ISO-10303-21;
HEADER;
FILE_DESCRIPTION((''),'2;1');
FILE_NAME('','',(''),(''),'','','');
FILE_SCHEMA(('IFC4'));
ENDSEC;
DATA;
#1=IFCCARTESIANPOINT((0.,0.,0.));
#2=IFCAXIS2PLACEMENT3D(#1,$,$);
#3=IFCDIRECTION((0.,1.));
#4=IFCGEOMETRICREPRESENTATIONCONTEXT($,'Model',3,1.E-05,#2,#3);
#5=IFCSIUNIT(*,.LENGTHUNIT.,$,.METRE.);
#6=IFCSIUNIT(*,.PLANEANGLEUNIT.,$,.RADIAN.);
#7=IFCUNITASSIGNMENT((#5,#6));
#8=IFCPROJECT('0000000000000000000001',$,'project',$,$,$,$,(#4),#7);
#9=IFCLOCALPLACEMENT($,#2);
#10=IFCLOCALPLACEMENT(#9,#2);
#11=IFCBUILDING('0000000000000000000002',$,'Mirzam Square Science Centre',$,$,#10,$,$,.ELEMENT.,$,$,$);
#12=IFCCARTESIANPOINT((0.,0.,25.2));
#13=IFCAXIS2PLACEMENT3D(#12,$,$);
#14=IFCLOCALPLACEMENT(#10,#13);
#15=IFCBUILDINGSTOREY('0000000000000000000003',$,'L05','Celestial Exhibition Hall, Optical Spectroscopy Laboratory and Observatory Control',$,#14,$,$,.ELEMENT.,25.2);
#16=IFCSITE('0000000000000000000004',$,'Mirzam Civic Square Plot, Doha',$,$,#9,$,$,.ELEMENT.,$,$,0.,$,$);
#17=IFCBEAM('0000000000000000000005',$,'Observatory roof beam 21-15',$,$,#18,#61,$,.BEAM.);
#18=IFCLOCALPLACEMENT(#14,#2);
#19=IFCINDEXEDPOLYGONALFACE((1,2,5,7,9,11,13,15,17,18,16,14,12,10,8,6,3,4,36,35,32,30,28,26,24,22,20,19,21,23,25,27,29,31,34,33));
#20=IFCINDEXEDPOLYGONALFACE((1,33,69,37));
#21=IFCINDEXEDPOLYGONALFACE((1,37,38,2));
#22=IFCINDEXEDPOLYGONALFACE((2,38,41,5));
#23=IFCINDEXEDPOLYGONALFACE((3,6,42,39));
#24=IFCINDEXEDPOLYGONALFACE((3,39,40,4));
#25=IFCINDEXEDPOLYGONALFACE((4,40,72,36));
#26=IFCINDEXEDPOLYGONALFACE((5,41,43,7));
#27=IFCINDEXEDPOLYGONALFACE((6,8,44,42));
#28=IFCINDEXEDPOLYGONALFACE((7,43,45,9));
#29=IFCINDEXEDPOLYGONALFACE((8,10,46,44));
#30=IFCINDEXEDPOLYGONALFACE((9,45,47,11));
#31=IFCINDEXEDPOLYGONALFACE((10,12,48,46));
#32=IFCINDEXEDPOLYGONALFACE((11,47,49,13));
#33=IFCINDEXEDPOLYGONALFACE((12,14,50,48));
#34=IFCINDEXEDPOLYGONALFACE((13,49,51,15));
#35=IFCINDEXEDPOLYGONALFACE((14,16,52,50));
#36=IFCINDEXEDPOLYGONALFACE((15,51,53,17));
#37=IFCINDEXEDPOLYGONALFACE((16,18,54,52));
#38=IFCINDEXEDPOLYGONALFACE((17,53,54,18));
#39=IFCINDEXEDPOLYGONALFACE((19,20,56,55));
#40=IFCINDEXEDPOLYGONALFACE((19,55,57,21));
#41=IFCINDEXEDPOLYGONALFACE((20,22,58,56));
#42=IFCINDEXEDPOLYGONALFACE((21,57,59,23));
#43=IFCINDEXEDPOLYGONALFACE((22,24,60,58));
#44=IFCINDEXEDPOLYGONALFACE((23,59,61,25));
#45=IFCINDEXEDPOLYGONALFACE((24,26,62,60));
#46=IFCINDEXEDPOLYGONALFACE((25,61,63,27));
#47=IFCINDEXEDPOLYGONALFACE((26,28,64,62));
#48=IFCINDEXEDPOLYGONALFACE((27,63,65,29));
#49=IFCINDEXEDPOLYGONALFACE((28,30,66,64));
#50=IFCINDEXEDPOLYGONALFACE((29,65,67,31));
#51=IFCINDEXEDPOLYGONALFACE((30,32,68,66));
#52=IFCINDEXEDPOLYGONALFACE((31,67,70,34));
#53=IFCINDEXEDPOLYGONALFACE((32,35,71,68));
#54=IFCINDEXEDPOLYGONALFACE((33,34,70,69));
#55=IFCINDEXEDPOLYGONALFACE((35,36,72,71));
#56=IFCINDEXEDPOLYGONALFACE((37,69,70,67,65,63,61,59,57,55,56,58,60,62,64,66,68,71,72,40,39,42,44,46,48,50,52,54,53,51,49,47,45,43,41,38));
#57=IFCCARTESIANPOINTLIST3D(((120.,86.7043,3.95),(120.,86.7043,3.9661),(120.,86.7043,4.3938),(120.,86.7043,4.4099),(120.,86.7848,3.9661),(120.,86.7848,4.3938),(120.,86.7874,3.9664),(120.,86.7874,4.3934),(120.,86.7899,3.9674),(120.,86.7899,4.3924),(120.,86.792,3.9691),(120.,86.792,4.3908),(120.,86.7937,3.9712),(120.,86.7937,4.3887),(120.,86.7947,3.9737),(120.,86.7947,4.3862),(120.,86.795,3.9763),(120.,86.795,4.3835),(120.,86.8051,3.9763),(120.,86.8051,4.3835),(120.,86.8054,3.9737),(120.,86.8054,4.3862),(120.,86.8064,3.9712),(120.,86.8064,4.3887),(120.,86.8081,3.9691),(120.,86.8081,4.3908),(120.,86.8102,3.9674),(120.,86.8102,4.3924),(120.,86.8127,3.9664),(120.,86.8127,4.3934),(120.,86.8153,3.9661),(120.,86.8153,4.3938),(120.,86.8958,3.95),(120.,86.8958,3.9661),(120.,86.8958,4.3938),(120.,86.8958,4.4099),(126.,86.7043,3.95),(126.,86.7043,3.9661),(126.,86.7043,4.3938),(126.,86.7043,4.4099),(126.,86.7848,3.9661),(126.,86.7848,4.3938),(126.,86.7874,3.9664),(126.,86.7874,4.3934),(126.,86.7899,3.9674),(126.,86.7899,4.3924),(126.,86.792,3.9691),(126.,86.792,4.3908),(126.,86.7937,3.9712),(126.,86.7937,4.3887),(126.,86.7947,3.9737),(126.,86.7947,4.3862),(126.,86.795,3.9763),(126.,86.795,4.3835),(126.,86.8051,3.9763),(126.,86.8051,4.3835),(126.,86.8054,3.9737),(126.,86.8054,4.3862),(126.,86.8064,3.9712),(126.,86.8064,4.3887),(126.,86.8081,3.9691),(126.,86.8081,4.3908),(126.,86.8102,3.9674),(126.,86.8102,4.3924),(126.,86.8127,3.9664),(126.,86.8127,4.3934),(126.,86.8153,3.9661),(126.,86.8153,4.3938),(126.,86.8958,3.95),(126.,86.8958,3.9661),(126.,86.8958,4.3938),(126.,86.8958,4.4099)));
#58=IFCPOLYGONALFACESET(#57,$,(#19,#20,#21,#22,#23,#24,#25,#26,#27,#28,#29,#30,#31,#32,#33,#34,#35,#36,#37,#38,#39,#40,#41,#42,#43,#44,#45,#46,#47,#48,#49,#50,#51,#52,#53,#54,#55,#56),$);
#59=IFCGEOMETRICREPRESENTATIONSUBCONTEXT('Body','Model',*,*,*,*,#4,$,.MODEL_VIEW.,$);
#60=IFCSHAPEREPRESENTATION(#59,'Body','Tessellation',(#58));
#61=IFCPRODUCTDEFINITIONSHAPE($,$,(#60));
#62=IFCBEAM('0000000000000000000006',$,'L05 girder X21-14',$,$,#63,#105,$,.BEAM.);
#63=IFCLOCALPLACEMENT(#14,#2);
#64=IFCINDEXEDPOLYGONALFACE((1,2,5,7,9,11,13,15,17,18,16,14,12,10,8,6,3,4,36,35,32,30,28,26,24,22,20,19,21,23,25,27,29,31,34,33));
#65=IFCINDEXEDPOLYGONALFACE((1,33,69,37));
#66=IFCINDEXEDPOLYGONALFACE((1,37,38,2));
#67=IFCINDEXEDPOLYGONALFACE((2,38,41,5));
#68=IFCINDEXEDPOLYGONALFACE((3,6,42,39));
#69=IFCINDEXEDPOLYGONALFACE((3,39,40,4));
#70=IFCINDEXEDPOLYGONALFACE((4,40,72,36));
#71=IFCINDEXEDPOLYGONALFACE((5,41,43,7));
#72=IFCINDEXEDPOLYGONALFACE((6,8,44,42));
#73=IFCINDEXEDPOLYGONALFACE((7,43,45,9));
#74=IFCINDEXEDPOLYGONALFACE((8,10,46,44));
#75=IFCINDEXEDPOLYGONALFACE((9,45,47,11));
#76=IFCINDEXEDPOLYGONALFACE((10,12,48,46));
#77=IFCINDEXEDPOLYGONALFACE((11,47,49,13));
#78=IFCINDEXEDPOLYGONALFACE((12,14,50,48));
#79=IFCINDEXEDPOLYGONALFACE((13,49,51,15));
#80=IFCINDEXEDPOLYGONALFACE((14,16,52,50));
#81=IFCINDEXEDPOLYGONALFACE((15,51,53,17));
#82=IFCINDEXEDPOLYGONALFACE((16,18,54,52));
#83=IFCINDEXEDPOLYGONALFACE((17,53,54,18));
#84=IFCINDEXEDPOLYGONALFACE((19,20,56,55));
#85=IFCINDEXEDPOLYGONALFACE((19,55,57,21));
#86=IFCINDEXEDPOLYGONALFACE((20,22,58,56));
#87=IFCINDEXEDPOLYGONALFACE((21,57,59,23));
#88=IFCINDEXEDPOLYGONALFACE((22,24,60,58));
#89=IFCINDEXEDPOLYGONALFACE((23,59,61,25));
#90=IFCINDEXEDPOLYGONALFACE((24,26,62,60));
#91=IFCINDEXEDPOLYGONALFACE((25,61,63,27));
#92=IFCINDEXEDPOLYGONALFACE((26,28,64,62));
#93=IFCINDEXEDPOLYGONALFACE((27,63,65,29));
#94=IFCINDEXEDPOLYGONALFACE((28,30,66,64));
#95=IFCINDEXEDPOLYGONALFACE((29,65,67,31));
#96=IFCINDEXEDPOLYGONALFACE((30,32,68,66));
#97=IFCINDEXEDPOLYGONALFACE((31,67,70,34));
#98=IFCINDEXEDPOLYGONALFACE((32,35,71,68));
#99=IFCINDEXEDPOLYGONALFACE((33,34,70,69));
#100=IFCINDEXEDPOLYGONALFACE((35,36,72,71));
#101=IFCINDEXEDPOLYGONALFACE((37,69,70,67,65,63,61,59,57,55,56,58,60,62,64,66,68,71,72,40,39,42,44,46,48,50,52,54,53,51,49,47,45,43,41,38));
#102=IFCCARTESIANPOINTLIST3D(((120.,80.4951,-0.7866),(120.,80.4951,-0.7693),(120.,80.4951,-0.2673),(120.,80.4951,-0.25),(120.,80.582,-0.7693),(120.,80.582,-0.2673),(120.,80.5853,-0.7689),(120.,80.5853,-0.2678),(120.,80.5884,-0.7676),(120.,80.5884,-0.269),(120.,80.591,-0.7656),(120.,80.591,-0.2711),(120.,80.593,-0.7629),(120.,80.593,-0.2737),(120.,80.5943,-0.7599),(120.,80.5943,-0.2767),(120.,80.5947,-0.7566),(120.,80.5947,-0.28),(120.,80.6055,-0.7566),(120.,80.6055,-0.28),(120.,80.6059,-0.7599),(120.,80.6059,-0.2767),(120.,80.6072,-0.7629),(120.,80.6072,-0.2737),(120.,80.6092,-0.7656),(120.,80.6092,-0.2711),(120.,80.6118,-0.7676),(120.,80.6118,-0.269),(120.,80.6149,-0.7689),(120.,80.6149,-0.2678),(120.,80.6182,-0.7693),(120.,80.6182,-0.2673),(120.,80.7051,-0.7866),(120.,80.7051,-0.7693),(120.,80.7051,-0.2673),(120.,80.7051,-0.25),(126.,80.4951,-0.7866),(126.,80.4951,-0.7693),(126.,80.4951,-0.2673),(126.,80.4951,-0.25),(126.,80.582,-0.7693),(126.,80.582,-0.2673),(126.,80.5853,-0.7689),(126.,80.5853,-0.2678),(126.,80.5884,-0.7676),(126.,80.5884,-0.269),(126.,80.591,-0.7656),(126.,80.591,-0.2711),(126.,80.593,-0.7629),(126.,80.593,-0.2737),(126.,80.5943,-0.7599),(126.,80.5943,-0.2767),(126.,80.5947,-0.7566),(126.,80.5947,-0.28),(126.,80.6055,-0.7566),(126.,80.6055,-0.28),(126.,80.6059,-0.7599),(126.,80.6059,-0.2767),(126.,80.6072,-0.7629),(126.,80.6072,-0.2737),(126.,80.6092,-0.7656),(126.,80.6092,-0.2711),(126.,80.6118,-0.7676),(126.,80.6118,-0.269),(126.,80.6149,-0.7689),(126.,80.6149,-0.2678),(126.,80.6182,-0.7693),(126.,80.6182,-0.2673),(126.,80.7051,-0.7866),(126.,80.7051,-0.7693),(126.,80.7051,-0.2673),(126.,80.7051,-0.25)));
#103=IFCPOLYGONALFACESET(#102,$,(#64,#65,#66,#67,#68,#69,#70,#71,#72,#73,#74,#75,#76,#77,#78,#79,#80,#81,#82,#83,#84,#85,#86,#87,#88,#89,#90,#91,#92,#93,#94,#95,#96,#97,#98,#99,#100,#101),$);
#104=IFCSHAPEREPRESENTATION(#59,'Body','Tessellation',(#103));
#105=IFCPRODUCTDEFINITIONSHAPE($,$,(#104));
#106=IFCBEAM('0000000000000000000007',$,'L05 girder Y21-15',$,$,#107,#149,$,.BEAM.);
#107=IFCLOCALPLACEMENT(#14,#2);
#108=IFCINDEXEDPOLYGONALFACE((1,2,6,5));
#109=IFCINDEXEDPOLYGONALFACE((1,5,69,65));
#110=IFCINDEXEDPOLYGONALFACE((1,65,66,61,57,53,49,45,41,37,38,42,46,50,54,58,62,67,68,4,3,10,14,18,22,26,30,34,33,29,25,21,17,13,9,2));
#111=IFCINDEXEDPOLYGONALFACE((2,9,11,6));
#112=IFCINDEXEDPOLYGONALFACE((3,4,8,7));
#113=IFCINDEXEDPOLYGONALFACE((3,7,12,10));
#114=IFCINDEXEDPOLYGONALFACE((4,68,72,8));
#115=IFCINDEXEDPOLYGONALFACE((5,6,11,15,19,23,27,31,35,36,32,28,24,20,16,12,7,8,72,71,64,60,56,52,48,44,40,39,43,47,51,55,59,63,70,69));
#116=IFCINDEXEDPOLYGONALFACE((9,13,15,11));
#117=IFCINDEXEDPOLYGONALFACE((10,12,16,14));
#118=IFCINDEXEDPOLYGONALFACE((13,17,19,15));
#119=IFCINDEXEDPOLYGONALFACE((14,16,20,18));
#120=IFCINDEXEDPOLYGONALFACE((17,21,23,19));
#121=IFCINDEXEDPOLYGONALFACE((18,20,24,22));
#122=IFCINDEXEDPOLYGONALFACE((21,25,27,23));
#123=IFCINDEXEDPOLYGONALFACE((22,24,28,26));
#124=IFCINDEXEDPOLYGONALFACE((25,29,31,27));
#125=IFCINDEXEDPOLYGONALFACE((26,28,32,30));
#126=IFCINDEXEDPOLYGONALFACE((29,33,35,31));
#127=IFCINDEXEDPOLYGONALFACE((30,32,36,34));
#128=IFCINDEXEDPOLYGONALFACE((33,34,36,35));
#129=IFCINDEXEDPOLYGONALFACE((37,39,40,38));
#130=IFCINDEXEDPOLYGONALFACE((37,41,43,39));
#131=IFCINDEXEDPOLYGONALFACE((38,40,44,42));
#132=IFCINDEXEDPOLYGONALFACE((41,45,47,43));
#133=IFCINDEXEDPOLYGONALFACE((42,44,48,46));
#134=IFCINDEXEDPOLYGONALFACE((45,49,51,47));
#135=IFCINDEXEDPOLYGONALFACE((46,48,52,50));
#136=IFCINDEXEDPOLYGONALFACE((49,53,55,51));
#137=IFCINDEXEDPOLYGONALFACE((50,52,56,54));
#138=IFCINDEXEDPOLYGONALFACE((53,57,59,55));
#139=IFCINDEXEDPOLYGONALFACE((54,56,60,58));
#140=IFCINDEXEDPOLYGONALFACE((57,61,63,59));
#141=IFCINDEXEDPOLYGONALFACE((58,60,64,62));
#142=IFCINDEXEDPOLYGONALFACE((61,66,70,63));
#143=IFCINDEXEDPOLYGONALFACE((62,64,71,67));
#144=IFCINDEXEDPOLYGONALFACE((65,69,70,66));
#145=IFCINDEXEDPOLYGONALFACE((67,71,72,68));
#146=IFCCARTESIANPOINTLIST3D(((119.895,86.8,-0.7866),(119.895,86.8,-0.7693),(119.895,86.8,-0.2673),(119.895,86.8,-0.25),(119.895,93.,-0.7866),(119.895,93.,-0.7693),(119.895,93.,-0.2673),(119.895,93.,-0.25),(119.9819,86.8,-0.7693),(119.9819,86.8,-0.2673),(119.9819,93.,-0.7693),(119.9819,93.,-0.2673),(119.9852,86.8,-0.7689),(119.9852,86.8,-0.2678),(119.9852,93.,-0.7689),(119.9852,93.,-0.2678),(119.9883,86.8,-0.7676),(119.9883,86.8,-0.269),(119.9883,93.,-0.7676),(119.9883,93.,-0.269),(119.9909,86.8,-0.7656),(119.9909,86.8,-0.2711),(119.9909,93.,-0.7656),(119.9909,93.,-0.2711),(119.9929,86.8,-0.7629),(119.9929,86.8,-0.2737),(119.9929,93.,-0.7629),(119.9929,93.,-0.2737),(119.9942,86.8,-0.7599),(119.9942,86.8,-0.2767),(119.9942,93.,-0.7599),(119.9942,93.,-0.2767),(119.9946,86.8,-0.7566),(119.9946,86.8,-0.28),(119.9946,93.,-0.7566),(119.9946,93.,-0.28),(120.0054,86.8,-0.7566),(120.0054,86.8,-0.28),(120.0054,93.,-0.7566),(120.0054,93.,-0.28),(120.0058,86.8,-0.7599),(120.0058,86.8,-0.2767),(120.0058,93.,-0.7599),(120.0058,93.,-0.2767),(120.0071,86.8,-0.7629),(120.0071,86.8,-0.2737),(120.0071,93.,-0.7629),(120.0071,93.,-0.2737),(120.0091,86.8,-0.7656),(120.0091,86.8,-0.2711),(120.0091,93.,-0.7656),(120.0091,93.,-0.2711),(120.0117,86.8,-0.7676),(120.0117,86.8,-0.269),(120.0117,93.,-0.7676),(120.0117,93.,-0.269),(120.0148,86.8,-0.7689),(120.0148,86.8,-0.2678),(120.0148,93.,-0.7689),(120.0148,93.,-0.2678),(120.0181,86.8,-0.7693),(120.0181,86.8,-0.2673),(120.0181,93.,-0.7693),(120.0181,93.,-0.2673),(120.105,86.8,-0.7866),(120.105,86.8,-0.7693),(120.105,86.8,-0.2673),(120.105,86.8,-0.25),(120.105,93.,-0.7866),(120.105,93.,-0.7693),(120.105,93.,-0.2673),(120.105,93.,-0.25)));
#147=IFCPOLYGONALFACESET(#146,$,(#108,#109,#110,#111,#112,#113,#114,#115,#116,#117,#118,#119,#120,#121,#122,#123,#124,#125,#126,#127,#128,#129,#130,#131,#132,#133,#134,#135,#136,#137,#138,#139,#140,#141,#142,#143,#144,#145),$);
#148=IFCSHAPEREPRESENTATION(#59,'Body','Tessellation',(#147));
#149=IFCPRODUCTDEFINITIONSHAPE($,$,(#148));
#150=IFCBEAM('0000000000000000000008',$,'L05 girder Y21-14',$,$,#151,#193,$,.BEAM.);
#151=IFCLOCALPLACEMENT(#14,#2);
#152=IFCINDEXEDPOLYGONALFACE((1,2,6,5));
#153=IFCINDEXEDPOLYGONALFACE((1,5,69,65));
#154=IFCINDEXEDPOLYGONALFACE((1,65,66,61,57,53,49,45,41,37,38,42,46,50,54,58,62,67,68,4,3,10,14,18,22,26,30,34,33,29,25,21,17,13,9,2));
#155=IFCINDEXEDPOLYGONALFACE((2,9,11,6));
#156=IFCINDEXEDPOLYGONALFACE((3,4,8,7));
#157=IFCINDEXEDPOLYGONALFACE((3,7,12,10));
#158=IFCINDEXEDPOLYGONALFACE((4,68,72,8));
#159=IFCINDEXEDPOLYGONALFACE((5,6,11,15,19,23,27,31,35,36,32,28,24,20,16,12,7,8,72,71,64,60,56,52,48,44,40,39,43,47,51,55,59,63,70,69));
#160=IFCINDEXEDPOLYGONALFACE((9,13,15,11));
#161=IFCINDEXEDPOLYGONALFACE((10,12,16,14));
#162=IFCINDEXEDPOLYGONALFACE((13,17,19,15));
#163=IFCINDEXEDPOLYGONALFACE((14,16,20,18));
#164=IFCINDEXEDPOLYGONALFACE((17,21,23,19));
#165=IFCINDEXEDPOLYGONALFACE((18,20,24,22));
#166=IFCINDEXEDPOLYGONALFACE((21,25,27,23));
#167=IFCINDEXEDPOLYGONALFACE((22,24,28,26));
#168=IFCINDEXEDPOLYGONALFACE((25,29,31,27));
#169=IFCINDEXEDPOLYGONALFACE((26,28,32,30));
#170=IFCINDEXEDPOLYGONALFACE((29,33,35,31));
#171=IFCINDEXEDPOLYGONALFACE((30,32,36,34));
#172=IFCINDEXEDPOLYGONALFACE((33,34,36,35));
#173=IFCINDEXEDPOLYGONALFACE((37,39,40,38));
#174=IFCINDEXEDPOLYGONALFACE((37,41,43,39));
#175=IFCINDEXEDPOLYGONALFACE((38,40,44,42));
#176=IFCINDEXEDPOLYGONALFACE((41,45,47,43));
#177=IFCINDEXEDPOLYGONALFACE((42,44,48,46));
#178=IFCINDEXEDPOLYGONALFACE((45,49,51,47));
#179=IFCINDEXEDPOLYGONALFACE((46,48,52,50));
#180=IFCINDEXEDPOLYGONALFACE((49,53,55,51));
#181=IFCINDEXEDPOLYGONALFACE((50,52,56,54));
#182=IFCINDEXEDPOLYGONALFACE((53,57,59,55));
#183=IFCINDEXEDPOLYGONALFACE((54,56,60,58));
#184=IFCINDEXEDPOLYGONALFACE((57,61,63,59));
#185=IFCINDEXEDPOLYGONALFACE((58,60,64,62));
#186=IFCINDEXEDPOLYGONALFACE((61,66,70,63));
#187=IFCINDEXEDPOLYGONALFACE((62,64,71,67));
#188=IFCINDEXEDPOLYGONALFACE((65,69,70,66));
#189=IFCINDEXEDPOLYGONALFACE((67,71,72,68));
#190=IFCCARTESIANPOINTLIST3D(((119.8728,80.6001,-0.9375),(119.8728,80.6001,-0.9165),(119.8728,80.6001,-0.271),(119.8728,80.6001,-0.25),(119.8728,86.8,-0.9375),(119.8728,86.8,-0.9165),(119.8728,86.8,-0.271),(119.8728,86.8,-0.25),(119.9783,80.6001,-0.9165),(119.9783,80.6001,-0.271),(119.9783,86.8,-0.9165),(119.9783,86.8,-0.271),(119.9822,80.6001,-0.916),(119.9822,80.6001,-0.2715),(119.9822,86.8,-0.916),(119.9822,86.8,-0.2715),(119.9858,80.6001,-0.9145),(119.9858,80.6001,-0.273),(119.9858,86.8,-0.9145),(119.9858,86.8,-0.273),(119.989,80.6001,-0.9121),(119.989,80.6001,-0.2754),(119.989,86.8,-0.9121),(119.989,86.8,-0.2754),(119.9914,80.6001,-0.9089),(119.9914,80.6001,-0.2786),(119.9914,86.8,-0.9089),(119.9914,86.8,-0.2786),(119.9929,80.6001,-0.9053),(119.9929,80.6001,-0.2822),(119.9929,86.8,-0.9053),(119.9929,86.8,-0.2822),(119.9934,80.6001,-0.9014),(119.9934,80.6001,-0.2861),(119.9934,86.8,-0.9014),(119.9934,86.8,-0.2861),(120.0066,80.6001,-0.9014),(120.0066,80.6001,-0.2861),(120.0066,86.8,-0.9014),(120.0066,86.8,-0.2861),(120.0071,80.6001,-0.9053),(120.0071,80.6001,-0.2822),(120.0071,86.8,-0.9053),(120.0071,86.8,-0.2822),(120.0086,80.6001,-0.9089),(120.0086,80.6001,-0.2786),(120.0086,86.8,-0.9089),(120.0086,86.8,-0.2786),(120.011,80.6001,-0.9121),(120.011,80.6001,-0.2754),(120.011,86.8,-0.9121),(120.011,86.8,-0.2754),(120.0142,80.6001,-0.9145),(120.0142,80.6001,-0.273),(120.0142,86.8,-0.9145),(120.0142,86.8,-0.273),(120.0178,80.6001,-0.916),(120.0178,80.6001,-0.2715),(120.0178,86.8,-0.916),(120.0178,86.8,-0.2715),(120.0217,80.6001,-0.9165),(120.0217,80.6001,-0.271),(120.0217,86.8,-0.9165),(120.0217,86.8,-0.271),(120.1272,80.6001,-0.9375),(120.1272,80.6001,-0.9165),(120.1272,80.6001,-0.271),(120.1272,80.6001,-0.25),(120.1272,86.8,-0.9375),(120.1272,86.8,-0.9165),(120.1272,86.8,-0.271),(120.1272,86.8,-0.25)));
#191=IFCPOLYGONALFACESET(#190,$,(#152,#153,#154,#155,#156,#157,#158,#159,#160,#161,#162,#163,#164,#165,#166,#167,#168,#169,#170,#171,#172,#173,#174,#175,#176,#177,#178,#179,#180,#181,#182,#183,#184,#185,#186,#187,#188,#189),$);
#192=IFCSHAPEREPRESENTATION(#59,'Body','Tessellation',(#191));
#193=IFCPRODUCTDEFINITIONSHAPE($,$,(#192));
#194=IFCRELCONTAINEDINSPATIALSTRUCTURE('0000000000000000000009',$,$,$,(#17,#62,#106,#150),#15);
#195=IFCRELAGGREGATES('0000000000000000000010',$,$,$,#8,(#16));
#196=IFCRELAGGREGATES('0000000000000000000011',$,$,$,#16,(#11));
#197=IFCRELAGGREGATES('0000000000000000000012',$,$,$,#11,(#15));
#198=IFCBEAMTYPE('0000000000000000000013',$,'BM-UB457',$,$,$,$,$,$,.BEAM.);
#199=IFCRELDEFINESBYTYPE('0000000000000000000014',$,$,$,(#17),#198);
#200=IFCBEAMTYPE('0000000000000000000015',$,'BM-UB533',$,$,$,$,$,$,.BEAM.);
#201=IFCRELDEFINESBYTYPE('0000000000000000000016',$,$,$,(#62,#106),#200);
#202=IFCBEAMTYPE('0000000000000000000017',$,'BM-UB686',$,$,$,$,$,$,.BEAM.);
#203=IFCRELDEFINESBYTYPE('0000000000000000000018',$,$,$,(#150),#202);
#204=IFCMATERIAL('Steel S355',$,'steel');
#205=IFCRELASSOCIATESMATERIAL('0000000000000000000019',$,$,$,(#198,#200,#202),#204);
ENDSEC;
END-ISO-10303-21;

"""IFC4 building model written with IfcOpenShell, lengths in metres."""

from ifc_helpers import new_model, si_unit, direction, frame, origin, origin_2d, place, context, subcontext, project, spatial, i_section, extrude, material, material_profile, profile_set, type_object, element, save


model = new_model("IFC4")

# Units and contexts
model_context = context("Model", 3, precision=1e-05, world=origin(), true_north=direction((0.0, 1.0)))
body_context = subcontext(model_context, "Body", "Model", "MODEL_VIEW")
ifc_project = project(units=[si_unit("LENGTHUNIT", "METRE"), si_unit("PLANEANGLEUNIT", "RADIAN")], contexts=[model_context])

# Site, building, storey
site_placement = place(None, origin())
site = spatial("IfcSite", under=ifc_project, at=site_placement, Name="Mirzam Civic Square Plot, Doha", CompositionType="ELEMENT", RefElevation=0.0)
building_placement = place(site_placement, origin())
building = spatial("IfcBuilding", under=site, at=building_placement, Name="Mirzam Square Science Centre", CompositionType="ELEMENT")
storey_placement = place(building_placement, frame((0.0, 0.0, 25.2)))
storey = spatial("IfcBuildingStorey", under=building, at=storey_placement, Name="L05", Description="Celestial Exhibition Hall, Optical Spectroscopy Laboratory and Observatory Control", CompositionType="ELEMENT", Elevation=25.2)

# Shared definitions
ifc_material_1 = material(Name="Steel S355", Category="steel")

# Beams
ifc_material_profile_1 = material_profile(ifc_material_1, i_section(OverallWidth=0.1914, OverallDepth=0.46, WebThickness=0.01, FlangeThickness=0.0161, FilletRadius=0.0103, at=origin_2d()), Name="457x191x82UB")
ifc_profile_set_1 = profile_set([ifc_material_profile_1], Name="Steel S355")
beam_type_1 = type_object("IfcBeamType", Name="BM-UB457", PredefinedType="BEAM", material=ifc_profile_set_1)
for number, where, z_axis, x_axis, name in (
    (1, (120.0, 86.8, 4.1799), (1.0, 0.0, 0.0), (0.0, 1.0, 0.0), "Observatory roof beam 21-15"),
):
    element("IfcBeam", number, at=place(storey_placement, frame(where, z_axis=z_axis, x_axis=x_axis)), inside=storey, type_object=beam_type_1, Name=name, PredefinedType="BEAM", context=body_context, shape_type="SweptSolid", body=[
        extrude(i_section(OverallWidth=0.1914, OverallDepth=0.46, WebThickness=0.01, FlangeThickness=0.0161, FilletRadius=0.0103, at=origin_2d()), origin(), (0.0, 0.0, 1.0), 6.0),
    ])
ifc_material_profile_2 = material_profile(ifc_material_1, i_section(OverallWidth=0.21, OverallDepth=0.5366, WebThickness=0.0107, FlangeThickness=0.0173, FilletRadius=0.0127, at=origin_2d()), Name="533x210x101UB")
ifc_profile_set_2 = profile_set([ifc_material_profile_2], Name="Steel S355")
beam_type_2 = type_object("IfcBeamType", Name="BM-UB533", PredefinedType="BEAM", material=ifc_profile_set_2)
beam_1_placement = place(storey_placement, frame((120.0, 80.6001, -0.5183), z_axis=(1.0, 0.0, 0.0), x_axis=(0.0, 1.0, 0.0)))
element("IfcBeam", 2, at=beam_1_placement, inside=storey, type_object=beam_type_2, Name="L05 girder X21-14", PredefinedType="BEAM", context=body_context, shape_type="SweptSolid", body=[
    extrude(i_section(OverallWidth=0.21, OverallDepth=0.5366, WebThickness=0.0107, FlangeThickness=0.0173, FilletRadius=0.0127, at=origin_2d()), origin(), (0.0, 0.0, 1.0), 6.0),
])
beam_2_placement = place(storey_placement, frame((120.0, 86.8, -0.5183), z_axis=(0.0, 1.0, 0.0), x_axis=(-1.0, 0.0, 0.0)))
element("IfcBeam", 3, at=beam_2_placement, inside=storey, type_object=beam_type_2, Name="L05 girder Y21-15", PredefinedType="BEAM", context=body_context, shape_type="SweptSolid", body=[
    extrude(i_section(OverallWidth=0.21, OverallDepth=0.5366, WebThickness=0.0107, FlangeThickness=0.0173, FilletRadius=0.0127, at=origin_2d()), origin(), (0.0, 0.0, 1.0), 6.2),
])
ifc_material_profile_3 = material_profile(ifc_material_1, i_section(OverallWidth=0.2544, OverallDepth=0.6875, WebThickness=0.0132, FlangeThickness=0.021, FilletRadius=0.0151, at=origin_2d()), Name="686x254x152UB")
ifc_profile_set_3 = profile_set([ifc_material_profile_3], Name="Steel S355")
beam_type_3 = type_object("IfcBeamType", Name="BM-UB686", PredefinedType="BEAM", material=ifc_profile_set_3)
beam_3_placement = place(storey_placement, frame((120.0, 80.6001, -0.5938), z_axis=(0.0, 1.0, 0.0), x_axis=(-1.0, 0.0, 0.0)))
element("IfcBeam", 4, at=beam_3_placement, inside=storey, type_object=beam_type_3, Name="L05 girder Y21-14", PredefinedType="BEAM", context=body_context, shape_type="SweptSolid", body=[
    extrude(i_section(OverallWidth=0.2544, OverallDepth=0.6875, WebThickness=0.0132, FlangeThickness=0.021, FilletRadius=0.0151, at=origin_2d()), origin(), (0.0, 0.0, 1.0), 6.2),
])

save(model, "model.ifc")
